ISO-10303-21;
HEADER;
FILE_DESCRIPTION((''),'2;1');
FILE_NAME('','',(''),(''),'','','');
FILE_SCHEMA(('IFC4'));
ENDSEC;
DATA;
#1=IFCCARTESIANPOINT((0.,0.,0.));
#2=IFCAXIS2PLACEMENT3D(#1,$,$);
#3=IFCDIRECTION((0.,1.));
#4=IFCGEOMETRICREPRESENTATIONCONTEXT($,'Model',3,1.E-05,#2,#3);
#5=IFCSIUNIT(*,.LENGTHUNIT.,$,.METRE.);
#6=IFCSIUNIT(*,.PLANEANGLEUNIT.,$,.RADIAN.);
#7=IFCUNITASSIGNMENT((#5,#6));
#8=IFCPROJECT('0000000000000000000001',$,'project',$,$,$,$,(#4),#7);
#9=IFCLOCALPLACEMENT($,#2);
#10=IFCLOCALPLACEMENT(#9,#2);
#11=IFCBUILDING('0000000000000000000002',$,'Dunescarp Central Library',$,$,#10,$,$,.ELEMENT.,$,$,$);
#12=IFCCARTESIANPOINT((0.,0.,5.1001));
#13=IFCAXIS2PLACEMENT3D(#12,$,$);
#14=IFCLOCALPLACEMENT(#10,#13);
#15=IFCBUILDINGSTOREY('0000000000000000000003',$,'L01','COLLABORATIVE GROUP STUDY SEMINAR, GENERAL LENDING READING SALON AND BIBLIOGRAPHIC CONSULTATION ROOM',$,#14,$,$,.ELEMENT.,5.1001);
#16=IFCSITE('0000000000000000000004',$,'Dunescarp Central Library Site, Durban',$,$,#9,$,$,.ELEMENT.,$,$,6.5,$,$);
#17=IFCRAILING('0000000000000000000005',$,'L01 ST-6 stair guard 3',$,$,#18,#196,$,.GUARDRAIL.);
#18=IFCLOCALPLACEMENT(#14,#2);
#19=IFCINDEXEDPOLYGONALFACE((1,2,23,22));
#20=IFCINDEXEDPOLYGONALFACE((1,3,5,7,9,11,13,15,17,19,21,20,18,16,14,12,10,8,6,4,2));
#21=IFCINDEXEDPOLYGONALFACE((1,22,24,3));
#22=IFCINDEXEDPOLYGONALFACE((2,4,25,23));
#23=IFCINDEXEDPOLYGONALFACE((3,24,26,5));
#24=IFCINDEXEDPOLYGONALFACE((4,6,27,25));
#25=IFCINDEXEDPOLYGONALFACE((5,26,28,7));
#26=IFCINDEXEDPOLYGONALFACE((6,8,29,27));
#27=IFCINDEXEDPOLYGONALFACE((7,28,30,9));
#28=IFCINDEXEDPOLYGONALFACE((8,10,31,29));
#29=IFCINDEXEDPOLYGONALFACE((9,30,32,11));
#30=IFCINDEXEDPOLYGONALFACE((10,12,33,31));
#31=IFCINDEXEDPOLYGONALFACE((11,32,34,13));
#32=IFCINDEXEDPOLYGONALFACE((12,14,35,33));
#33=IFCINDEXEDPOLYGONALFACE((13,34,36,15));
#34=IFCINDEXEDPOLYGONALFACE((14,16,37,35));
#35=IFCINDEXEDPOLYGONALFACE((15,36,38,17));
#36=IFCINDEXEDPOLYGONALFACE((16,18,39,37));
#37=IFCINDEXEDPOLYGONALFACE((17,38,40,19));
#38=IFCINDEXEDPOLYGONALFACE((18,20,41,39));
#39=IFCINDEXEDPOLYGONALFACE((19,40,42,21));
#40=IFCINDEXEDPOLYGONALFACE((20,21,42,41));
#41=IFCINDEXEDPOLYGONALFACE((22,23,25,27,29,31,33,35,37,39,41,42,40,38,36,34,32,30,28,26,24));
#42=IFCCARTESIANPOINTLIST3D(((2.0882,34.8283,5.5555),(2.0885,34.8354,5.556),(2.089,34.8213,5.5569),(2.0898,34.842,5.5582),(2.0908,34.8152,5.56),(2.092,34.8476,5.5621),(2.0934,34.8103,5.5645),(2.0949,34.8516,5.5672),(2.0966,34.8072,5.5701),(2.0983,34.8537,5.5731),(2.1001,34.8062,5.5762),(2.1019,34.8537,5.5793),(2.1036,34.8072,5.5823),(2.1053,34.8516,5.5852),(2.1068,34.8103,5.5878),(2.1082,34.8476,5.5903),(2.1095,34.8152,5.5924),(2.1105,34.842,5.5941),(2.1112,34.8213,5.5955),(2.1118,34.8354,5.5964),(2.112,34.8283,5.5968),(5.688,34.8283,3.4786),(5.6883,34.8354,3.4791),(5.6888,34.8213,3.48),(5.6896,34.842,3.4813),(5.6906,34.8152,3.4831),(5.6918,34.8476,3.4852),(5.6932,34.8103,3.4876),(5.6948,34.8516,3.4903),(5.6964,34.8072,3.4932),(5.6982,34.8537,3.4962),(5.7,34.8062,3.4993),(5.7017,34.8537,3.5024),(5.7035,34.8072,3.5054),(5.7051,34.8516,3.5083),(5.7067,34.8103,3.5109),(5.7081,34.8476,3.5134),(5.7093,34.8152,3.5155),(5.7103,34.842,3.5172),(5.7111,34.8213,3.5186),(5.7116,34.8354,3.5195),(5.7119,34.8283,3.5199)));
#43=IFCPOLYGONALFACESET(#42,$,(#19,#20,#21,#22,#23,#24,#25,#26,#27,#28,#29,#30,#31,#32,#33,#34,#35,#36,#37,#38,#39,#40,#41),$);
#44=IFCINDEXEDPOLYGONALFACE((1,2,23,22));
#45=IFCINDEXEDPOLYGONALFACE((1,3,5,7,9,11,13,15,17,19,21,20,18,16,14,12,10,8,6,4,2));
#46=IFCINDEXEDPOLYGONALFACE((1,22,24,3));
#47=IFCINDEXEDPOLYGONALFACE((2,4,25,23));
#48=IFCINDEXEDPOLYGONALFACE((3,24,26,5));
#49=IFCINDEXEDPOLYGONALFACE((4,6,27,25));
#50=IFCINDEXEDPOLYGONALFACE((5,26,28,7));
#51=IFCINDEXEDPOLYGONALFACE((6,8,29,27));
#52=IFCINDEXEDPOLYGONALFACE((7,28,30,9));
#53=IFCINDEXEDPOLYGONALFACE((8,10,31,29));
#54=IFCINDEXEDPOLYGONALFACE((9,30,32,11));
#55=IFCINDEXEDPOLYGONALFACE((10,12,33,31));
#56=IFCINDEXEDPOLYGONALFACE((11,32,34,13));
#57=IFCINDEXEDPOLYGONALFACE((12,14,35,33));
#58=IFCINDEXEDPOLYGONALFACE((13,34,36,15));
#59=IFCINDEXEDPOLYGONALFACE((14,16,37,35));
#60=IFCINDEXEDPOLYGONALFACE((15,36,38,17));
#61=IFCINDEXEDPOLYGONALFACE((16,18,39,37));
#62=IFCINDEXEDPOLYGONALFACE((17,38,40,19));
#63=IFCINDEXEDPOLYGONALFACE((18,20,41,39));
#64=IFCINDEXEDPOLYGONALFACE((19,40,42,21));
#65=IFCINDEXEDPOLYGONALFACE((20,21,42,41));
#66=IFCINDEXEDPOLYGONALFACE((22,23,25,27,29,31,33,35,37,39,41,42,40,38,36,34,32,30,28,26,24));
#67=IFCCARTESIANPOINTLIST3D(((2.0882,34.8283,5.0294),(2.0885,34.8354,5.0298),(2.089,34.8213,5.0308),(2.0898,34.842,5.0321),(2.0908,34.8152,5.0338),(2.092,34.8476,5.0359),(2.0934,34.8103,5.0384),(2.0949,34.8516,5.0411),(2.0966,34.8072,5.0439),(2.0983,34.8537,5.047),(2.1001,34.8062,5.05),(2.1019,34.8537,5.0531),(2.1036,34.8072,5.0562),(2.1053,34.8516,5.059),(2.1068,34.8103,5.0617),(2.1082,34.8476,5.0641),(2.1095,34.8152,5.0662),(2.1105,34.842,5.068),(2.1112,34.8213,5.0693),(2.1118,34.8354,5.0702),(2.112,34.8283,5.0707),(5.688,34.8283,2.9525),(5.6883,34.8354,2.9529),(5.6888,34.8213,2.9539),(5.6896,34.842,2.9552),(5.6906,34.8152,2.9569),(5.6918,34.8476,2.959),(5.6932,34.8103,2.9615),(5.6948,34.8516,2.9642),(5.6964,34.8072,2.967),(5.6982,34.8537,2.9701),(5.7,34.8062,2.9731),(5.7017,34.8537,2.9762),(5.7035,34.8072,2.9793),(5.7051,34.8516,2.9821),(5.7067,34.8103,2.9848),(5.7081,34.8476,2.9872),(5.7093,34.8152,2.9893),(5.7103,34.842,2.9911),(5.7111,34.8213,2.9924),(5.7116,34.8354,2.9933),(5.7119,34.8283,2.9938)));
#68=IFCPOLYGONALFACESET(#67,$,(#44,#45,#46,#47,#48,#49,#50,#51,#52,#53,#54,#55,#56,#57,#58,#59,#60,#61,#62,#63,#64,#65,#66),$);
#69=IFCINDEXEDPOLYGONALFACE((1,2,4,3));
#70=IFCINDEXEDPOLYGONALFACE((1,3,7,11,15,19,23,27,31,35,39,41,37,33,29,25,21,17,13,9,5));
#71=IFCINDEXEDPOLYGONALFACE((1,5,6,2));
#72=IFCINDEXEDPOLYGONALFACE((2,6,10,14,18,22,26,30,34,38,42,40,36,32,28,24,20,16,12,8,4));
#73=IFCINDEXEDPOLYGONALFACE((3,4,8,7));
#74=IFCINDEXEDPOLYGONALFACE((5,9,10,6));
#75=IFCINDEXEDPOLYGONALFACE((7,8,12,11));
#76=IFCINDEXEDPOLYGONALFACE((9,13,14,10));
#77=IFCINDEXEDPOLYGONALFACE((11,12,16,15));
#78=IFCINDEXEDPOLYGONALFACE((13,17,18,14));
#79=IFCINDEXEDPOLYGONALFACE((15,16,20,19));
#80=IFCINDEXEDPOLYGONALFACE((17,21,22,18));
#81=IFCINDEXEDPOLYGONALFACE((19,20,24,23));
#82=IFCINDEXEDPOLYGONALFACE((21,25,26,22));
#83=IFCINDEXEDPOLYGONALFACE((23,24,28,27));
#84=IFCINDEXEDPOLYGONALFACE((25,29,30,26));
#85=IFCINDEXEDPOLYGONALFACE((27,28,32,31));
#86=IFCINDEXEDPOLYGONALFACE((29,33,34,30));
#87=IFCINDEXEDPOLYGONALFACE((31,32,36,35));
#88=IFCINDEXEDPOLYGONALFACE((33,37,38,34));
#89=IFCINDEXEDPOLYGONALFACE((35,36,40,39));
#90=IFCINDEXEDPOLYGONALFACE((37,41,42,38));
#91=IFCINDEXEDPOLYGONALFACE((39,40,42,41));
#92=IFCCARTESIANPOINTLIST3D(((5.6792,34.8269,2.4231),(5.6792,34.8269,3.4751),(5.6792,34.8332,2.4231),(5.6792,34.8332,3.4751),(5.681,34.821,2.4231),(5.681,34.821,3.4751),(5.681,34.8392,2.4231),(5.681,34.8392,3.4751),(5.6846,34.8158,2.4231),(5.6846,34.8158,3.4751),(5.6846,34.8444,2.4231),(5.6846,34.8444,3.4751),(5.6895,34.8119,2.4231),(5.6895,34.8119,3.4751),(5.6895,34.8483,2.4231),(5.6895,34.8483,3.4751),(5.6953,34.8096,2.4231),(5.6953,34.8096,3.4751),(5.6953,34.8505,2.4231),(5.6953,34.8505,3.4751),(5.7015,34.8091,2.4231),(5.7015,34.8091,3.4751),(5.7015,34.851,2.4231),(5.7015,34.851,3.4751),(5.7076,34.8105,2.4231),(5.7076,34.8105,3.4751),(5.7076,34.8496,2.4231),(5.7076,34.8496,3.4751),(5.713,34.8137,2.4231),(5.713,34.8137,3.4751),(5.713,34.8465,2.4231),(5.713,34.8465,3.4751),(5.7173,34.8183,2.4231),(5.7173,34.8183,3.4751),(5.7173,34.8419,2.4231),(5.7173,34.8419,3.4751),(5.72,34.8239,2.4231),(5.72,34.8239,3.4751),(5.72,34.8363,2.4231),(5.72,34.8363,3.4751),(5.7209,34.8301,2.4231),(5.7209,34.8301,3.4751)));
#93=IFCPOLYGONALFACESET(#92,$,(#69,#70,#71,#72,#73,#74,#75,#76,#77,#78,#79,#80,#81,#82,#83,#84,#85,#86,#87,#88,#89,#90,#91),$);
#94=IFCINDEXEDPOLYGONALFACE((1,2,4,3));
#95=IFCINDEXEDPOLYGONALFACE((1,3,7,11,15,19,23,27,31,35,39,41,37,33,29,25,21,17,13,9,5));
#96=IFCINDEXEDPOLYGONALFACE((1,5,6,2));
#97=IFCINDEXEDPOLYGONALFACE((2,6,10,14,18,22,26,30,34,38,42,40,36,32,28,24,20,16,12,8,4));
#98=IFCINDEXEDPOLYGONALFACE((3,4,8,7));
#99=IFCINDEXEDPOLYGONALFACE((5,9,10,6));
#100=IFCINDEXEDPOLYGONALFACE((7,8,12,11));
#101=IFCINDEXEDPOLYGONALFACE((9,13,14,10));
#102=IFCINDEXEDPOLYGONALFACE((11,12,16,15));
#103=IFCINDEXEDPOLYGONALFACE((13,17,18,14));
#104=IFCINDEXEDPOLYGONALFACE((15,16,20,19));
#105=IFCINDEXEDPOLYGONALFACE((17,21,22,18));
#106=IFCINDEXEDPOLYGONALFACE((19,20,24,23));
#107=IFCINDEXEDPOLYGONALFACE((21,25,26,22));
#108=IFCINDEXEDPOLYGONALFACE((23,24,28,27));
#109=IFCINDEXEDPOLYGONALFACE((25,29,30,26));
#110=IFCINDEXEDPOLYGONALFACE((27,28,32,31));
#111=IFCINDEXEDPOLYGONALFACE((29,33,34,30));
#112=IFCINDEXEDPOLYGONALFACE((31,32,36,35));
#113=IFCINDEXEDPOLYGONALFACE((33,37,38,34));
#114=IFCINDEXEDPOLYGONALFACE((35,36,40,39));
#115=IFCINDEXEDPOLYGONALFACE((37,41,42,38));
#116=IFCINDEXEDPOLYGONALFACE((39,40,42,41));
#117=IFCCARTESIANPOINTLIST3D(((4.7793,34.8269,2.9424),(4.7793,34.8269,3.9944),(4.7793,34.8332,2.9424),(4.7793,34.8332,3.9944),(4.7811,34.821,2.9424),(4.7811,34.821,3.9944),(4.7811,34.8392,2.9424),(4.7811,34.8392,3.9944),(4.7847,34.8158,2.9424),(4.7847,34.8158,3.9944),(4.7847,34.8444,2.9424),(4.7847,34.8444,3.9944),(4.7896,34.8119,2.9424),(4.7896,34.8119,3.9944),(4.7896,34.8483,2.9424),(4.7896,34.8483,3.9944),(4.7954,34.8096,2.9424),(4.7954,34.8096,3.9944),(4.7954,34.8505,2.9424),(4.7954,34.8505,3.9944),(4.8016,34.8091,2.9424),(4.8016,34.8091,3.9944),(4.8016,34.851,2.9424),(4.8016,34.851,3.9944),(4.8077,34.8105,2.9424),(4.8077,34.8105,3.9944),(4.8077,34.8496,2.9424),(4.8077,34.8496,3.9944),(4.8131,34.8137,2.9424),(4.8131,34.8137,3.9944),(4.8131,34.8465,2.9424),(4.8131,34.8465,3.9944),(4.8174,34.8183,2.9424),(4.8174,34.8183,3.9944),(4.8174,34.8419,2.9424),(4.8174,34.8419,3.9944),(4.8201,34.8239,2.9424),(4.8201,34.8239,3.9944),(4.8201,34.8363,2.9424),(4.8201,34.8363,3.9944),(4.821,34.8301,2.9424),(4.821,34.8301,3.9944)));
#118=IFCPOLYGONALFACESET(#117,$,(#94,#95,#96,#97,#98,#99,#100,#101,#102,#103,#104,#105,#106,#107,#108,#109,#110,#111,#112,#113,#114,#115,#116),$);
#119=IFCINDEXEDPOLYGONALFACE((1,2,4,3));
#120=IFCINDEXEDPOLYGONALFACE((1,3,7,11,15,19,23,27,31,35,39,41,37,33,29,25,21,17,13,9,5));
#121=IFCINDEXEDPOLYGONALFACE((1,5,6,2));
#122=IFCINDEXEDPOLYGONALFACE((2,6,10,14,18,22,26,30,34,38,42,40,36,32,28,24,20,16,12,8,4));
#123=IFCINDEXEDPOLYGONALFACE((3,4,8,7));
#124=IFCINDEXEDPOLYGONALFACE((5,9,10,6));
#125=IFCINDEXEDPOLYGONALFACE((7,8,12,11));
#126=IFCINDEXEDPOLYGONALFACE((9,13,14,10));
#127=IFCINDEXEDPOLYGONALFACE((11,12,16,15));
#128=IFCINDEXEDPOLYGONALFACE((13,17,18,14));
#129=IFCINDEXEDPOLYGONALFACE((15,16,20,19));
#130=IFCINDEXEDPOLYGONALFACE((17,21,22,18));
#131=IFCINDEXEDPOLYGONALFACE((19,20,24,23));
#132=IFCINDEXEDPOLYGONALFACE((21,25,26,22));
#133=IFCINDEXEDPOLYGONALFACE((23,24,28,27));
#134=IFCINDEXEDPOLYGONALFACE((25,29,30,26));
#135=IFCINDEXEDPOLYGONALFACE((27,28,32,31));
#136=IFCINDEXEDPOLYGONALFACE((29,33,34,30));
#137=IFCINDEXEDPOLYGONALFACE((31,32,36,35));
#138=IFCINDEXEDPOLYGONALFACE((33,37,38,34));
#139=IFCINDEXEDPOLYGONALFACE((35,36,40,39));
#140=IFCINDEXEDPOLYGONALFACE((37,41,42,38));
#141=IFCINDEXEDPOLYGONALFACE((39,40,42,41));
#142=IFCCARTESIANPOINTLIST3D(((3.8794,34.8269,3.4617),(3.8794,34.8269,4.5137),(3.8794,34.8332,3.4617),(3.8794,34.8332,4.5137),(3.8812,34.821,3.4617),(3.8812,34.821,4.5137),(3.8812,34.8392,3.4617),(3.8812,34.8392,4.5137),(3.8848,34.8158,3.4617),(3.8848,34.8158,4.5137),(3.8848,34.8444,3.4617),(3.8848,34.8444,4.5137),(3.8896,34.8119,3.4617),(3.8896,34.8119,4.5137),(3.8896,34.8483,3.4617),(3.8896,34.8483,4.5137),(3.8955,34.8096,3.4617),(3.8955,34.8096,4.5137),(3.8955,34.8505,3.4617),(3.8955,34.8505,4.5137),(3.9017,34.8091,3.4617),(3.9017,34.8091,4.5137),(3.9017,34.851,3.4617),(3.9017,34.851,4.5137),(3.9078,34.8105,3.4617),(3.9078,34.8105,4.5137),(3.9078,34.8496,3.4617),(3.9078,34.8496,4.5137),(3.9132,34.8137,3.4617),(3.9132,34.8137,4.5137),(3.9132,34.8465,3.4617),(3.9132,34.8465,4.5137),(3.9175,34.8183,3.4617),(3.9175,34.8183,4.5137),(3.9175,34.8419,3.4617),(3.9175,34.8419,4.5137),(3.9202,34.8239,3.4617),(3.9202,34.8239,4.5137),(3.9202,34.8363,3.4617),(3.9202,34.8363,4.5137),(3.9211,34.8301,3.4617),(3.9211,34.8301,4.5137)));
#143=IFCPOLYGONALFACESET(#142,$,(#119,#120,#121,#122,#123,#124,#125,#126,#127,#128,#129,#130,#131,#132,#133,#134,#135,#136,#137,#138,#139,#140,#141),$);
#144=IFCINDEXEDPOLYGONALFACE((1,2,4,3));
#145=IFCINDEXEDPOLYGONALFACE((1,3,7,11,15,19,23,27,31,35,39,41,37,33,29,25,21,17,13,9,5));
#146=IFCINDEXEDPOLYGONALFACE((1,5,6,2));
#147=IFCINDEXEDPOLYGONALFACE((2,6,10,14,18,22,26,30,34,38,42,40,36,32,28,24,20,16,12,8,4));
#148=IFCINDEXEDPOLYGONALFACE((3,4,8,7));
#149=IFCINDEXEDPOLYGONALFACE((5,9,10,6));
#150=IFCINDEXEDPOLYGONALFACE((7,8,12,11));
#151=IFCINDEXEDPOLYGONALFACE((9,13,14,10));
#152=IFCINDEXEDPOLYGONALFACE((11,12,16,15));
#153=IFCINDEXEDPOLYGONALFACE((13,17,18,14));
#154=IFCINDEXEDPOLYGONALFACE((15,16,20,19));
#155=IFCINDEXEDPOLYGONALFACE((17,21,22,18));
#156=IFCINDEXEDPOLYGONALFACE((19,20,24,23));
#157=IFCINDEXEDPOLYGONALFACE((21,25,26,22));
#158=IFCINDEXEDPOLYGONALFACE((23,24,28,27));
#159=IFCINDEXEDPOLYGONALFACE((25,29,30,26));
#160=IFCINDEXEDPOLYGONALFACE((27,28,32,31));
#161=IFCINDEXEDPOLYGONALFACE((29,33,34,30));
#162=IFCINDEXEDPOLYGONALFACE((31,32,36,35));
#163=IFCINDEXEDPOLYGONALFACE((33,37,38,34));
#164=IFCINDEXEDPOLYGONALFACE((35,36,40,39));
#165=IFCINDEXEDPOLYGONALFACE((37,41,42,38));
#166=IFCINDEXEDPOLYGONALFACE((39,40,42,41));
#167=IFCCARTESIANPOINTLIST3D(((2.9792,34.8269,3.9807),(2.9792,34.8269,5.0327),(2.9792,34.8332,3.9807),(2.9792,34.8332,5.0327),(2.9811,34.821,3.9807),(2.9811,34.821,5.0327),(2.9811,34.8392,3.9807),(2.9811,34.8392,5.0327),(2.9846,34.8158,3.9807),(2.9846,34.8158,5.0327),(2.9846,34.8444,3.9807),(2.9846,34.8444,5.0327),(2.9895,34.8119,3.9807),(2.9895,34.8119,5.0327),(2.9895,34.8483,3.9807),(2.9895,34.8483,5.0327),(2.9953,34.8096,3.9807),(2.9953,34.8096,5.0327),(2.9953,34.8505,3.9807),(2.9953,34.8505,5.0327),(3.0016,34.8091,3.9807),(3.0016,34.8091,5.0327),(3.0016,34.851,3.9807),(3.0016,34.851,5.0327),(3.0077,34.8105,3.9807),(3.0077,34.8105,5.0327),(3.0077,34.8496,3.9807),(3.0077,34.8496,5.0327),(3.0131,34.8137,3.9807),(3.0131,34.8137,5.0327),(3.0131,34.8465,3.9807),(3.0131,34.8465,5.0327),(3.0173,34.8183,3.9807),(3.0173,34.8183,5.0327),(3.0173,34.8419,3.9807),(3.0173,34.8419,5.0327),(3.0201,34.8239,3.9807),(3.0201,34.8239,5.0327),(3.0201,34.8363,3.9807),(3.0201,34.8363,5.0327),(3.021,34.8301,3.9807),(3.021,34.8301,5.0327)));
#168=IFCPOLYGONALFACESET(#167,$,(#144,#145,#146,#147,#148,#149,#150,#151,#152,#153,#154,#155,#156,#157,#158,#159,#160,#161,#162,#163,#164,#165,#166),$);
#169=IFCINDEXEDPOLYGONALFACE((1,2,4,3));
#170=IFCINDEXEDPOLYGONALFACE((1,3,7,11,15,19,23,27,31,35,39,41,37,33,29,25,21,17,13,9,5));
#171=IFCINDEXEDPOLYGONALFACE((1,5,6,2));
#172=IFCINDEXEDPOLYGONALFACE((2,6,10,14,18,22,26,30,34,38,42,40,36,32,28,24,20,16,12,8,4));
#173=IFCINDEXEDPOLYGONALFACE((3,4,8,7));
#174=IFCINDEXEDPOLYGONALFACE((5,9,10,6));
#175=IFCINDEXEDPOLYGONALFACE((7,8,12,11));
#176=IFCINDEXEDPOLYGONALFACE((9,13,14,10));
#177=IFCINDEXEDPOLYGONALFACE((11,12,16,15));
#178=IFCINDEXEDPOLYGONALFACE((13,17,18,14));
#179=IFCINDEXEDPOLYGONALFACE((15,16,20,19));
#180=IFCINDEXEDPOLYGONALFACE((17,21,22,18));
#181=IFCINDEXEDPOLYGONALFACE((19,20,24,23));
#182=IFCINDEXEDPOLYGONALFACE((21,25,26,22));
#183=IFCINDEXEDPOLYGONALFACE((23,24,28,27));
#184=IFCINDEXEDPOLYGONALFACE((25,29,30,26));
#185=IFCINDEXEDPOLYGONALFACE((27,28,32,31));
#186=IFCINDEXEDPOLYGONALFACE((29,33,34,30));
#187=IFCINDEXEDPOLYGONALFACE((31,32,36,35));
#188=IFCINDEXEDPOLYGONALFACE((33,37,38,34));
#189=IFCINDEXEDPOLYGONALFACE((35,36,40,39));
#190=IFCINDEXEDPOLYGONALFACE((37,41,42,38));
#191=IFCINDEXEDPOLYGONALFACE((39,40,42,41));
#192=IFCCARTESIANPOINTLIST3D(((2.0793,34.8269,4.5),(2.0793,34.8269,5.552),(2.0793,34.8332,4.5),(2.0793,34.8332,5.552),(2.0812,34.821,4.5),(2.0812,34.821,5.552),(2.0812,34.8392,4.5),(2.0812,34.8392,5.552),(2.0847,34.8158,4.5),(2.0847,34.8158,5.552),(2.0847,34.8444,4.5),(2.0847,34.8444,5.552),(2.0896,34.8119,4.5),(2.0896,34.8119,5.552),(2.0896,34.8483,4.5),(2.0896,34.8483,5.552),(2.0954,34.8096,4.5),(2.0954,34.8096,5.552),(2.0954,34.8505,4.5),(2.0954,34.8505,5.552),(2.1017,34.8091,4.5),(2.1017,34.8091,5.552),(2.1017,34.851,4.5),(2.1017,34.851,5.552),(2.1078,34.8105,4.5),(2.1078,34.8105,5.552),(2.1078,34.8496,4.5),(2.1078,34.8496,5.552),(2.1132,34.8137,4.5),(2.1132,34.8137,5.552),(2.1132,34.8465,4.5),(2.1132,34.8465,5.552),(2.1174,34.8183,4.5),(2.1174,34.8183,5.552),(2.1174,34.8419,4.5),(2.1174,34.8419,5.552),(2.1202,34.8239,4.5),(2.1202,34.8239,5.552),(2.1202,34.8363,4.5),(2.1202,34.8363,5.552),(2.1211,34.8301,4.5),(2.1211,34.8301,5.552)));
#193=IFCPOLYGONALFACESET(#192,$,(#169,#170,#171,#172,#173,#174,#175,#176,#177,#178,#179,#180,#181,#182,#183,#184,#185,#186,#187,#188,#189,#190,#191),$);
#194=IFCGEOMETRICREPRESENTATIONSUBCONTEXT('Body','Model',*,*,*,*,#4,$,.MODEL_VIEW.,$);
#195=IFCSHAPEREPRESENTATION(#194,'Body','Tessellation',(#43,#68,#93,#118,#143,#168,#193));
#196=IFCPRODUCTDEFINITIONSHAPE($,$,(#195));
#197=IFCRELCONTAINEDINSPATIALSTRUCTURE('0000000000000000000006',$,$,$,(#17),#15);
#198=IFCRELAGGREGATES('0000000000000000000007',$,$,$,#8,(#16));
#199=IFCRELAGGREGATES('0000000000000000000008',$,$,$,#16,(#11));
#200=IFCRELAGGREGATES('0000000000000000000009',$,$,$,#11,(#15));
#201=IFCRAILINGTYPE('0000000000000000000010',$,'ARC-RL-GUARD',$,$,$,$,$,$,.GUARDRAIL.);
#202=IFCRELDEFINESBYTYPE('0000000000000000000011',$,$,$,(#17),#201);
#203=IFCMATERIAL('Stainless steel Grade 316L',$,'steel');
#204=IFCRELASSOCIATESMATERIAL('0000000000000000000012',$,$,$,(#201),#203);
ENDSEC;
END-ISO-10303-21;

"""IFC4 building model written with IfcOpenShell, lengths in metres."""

from ifc_helpers import new_model, si_unit, direction, frame, origin, origin_2d, place, context, subcontext, project, spatial, circle, extrude, material, type_object, element, save


model = new_model("IFC4")

# Units and contexts
model_context = context("Model", 3, precision=1e-05, world=origin(), true_north=direction((0.0, 1.0)))
body_context = subcontext(model_context, "Body", "Model", "MODEL_VIEW")
ifc_project = project(units=[si_unit("LENGTHUNIT", "METRE"), si_unit("PLANEANGLEUNIT", "RADIAN")], contexts=[model_context])

# Site, building, storey
site_placement = place(None, origin())
site = spatial("IfcSite", under=ifc_project, at=site_placement, Name="Dunescarp Central Library Site, Durban", CompositionType="ELEMENT", RefElevation=6.5)
building_placement = place(site_placement, origin())
building = spatial("IfcBuilding", under=site, at=building_placement, Name="Dunescarp Central Library", CompositionType="ELEMENT")
storey_placement = place(building_placement, frame((0.0, 0.0, 5.1001)))
storey = spatial("IfcBuildingStorey", under=building, at=storey_placement, Name="L01", Description="COLLABORATIVE GROUP STUDY SEMINAR, GENERAL LENDING READING SALON AND BIBLIOGRAPHIC CONSULTATION ROOM", CompositionType="ELEMENT", Elevation=5.1001)

# Railing
ifc_material_1 = material(Name="Stainless steel Grade 316L", Category="steel")
railing_type_1 = type_object("IfcRailingType", Name="ARC-RL-GUARD", PredefinedType="GUARDRAIL", material=ifc_material_1)
railing_1_placement = place(storey_placement, frame((5.7, 34.8301, 2.4231)))
element("IfcRailing", 1, at=railing_1_placement, inside=storey, type_object=railing_type_1, Name="L01 ST-6 stair guard 3", PredefinedType="GUARDRAIL", context=body_context, shape_type="SweptSolid", body=[
    extrude(circle(Radius=0.0239, at=origin_2d()), frame((0.0, 0.0, 1.0762), z_axis=(-0.866179, 0.0, 0.499734), x_axis=(0.0, -1.0, 0.0)), (0.0, 0.0, 1.0), 4.156),
    extrude(circle(Radius=0.0239, at=origin_2d()), frame((0.0, 0.0, 0.55), z_axis=(-0.866179, 0.0, 0.499734), x_axis=(0.0, -1.0, 0.0)), (0.0, 0.0, 1.0), 4.156),
    extrude(circle(Radius=0.021, at=origin_2d()), origin(), (0.0, 0.0, 1.0), 1.052),
    extrude(circle(Radius=0.021, at=origin_2d()), frame((-0.8999, 0.0, 0.5193)), (0.0, 0.0, 1.0), 1.052),
    extrude(circle(Radius=0.021, at=origin_2d()), frame((-1.7998, 0.0, 1.0386)), (0.0, 0.0, 1.0), 1.052),
    extrude(circle(Radius=0.021, at=origin_2d()), frame((-2.7, 0.0, 1.5576)), (0.0, 0.0, 1.0), 1.052),
    extrude(circle(Radius=0.021, at=origin_2d()), frame((-3.5999, 0.0, 2.0769)), (0.0, 0.0, 1.0), 1.052),
])

save(model, "model.ifc")
